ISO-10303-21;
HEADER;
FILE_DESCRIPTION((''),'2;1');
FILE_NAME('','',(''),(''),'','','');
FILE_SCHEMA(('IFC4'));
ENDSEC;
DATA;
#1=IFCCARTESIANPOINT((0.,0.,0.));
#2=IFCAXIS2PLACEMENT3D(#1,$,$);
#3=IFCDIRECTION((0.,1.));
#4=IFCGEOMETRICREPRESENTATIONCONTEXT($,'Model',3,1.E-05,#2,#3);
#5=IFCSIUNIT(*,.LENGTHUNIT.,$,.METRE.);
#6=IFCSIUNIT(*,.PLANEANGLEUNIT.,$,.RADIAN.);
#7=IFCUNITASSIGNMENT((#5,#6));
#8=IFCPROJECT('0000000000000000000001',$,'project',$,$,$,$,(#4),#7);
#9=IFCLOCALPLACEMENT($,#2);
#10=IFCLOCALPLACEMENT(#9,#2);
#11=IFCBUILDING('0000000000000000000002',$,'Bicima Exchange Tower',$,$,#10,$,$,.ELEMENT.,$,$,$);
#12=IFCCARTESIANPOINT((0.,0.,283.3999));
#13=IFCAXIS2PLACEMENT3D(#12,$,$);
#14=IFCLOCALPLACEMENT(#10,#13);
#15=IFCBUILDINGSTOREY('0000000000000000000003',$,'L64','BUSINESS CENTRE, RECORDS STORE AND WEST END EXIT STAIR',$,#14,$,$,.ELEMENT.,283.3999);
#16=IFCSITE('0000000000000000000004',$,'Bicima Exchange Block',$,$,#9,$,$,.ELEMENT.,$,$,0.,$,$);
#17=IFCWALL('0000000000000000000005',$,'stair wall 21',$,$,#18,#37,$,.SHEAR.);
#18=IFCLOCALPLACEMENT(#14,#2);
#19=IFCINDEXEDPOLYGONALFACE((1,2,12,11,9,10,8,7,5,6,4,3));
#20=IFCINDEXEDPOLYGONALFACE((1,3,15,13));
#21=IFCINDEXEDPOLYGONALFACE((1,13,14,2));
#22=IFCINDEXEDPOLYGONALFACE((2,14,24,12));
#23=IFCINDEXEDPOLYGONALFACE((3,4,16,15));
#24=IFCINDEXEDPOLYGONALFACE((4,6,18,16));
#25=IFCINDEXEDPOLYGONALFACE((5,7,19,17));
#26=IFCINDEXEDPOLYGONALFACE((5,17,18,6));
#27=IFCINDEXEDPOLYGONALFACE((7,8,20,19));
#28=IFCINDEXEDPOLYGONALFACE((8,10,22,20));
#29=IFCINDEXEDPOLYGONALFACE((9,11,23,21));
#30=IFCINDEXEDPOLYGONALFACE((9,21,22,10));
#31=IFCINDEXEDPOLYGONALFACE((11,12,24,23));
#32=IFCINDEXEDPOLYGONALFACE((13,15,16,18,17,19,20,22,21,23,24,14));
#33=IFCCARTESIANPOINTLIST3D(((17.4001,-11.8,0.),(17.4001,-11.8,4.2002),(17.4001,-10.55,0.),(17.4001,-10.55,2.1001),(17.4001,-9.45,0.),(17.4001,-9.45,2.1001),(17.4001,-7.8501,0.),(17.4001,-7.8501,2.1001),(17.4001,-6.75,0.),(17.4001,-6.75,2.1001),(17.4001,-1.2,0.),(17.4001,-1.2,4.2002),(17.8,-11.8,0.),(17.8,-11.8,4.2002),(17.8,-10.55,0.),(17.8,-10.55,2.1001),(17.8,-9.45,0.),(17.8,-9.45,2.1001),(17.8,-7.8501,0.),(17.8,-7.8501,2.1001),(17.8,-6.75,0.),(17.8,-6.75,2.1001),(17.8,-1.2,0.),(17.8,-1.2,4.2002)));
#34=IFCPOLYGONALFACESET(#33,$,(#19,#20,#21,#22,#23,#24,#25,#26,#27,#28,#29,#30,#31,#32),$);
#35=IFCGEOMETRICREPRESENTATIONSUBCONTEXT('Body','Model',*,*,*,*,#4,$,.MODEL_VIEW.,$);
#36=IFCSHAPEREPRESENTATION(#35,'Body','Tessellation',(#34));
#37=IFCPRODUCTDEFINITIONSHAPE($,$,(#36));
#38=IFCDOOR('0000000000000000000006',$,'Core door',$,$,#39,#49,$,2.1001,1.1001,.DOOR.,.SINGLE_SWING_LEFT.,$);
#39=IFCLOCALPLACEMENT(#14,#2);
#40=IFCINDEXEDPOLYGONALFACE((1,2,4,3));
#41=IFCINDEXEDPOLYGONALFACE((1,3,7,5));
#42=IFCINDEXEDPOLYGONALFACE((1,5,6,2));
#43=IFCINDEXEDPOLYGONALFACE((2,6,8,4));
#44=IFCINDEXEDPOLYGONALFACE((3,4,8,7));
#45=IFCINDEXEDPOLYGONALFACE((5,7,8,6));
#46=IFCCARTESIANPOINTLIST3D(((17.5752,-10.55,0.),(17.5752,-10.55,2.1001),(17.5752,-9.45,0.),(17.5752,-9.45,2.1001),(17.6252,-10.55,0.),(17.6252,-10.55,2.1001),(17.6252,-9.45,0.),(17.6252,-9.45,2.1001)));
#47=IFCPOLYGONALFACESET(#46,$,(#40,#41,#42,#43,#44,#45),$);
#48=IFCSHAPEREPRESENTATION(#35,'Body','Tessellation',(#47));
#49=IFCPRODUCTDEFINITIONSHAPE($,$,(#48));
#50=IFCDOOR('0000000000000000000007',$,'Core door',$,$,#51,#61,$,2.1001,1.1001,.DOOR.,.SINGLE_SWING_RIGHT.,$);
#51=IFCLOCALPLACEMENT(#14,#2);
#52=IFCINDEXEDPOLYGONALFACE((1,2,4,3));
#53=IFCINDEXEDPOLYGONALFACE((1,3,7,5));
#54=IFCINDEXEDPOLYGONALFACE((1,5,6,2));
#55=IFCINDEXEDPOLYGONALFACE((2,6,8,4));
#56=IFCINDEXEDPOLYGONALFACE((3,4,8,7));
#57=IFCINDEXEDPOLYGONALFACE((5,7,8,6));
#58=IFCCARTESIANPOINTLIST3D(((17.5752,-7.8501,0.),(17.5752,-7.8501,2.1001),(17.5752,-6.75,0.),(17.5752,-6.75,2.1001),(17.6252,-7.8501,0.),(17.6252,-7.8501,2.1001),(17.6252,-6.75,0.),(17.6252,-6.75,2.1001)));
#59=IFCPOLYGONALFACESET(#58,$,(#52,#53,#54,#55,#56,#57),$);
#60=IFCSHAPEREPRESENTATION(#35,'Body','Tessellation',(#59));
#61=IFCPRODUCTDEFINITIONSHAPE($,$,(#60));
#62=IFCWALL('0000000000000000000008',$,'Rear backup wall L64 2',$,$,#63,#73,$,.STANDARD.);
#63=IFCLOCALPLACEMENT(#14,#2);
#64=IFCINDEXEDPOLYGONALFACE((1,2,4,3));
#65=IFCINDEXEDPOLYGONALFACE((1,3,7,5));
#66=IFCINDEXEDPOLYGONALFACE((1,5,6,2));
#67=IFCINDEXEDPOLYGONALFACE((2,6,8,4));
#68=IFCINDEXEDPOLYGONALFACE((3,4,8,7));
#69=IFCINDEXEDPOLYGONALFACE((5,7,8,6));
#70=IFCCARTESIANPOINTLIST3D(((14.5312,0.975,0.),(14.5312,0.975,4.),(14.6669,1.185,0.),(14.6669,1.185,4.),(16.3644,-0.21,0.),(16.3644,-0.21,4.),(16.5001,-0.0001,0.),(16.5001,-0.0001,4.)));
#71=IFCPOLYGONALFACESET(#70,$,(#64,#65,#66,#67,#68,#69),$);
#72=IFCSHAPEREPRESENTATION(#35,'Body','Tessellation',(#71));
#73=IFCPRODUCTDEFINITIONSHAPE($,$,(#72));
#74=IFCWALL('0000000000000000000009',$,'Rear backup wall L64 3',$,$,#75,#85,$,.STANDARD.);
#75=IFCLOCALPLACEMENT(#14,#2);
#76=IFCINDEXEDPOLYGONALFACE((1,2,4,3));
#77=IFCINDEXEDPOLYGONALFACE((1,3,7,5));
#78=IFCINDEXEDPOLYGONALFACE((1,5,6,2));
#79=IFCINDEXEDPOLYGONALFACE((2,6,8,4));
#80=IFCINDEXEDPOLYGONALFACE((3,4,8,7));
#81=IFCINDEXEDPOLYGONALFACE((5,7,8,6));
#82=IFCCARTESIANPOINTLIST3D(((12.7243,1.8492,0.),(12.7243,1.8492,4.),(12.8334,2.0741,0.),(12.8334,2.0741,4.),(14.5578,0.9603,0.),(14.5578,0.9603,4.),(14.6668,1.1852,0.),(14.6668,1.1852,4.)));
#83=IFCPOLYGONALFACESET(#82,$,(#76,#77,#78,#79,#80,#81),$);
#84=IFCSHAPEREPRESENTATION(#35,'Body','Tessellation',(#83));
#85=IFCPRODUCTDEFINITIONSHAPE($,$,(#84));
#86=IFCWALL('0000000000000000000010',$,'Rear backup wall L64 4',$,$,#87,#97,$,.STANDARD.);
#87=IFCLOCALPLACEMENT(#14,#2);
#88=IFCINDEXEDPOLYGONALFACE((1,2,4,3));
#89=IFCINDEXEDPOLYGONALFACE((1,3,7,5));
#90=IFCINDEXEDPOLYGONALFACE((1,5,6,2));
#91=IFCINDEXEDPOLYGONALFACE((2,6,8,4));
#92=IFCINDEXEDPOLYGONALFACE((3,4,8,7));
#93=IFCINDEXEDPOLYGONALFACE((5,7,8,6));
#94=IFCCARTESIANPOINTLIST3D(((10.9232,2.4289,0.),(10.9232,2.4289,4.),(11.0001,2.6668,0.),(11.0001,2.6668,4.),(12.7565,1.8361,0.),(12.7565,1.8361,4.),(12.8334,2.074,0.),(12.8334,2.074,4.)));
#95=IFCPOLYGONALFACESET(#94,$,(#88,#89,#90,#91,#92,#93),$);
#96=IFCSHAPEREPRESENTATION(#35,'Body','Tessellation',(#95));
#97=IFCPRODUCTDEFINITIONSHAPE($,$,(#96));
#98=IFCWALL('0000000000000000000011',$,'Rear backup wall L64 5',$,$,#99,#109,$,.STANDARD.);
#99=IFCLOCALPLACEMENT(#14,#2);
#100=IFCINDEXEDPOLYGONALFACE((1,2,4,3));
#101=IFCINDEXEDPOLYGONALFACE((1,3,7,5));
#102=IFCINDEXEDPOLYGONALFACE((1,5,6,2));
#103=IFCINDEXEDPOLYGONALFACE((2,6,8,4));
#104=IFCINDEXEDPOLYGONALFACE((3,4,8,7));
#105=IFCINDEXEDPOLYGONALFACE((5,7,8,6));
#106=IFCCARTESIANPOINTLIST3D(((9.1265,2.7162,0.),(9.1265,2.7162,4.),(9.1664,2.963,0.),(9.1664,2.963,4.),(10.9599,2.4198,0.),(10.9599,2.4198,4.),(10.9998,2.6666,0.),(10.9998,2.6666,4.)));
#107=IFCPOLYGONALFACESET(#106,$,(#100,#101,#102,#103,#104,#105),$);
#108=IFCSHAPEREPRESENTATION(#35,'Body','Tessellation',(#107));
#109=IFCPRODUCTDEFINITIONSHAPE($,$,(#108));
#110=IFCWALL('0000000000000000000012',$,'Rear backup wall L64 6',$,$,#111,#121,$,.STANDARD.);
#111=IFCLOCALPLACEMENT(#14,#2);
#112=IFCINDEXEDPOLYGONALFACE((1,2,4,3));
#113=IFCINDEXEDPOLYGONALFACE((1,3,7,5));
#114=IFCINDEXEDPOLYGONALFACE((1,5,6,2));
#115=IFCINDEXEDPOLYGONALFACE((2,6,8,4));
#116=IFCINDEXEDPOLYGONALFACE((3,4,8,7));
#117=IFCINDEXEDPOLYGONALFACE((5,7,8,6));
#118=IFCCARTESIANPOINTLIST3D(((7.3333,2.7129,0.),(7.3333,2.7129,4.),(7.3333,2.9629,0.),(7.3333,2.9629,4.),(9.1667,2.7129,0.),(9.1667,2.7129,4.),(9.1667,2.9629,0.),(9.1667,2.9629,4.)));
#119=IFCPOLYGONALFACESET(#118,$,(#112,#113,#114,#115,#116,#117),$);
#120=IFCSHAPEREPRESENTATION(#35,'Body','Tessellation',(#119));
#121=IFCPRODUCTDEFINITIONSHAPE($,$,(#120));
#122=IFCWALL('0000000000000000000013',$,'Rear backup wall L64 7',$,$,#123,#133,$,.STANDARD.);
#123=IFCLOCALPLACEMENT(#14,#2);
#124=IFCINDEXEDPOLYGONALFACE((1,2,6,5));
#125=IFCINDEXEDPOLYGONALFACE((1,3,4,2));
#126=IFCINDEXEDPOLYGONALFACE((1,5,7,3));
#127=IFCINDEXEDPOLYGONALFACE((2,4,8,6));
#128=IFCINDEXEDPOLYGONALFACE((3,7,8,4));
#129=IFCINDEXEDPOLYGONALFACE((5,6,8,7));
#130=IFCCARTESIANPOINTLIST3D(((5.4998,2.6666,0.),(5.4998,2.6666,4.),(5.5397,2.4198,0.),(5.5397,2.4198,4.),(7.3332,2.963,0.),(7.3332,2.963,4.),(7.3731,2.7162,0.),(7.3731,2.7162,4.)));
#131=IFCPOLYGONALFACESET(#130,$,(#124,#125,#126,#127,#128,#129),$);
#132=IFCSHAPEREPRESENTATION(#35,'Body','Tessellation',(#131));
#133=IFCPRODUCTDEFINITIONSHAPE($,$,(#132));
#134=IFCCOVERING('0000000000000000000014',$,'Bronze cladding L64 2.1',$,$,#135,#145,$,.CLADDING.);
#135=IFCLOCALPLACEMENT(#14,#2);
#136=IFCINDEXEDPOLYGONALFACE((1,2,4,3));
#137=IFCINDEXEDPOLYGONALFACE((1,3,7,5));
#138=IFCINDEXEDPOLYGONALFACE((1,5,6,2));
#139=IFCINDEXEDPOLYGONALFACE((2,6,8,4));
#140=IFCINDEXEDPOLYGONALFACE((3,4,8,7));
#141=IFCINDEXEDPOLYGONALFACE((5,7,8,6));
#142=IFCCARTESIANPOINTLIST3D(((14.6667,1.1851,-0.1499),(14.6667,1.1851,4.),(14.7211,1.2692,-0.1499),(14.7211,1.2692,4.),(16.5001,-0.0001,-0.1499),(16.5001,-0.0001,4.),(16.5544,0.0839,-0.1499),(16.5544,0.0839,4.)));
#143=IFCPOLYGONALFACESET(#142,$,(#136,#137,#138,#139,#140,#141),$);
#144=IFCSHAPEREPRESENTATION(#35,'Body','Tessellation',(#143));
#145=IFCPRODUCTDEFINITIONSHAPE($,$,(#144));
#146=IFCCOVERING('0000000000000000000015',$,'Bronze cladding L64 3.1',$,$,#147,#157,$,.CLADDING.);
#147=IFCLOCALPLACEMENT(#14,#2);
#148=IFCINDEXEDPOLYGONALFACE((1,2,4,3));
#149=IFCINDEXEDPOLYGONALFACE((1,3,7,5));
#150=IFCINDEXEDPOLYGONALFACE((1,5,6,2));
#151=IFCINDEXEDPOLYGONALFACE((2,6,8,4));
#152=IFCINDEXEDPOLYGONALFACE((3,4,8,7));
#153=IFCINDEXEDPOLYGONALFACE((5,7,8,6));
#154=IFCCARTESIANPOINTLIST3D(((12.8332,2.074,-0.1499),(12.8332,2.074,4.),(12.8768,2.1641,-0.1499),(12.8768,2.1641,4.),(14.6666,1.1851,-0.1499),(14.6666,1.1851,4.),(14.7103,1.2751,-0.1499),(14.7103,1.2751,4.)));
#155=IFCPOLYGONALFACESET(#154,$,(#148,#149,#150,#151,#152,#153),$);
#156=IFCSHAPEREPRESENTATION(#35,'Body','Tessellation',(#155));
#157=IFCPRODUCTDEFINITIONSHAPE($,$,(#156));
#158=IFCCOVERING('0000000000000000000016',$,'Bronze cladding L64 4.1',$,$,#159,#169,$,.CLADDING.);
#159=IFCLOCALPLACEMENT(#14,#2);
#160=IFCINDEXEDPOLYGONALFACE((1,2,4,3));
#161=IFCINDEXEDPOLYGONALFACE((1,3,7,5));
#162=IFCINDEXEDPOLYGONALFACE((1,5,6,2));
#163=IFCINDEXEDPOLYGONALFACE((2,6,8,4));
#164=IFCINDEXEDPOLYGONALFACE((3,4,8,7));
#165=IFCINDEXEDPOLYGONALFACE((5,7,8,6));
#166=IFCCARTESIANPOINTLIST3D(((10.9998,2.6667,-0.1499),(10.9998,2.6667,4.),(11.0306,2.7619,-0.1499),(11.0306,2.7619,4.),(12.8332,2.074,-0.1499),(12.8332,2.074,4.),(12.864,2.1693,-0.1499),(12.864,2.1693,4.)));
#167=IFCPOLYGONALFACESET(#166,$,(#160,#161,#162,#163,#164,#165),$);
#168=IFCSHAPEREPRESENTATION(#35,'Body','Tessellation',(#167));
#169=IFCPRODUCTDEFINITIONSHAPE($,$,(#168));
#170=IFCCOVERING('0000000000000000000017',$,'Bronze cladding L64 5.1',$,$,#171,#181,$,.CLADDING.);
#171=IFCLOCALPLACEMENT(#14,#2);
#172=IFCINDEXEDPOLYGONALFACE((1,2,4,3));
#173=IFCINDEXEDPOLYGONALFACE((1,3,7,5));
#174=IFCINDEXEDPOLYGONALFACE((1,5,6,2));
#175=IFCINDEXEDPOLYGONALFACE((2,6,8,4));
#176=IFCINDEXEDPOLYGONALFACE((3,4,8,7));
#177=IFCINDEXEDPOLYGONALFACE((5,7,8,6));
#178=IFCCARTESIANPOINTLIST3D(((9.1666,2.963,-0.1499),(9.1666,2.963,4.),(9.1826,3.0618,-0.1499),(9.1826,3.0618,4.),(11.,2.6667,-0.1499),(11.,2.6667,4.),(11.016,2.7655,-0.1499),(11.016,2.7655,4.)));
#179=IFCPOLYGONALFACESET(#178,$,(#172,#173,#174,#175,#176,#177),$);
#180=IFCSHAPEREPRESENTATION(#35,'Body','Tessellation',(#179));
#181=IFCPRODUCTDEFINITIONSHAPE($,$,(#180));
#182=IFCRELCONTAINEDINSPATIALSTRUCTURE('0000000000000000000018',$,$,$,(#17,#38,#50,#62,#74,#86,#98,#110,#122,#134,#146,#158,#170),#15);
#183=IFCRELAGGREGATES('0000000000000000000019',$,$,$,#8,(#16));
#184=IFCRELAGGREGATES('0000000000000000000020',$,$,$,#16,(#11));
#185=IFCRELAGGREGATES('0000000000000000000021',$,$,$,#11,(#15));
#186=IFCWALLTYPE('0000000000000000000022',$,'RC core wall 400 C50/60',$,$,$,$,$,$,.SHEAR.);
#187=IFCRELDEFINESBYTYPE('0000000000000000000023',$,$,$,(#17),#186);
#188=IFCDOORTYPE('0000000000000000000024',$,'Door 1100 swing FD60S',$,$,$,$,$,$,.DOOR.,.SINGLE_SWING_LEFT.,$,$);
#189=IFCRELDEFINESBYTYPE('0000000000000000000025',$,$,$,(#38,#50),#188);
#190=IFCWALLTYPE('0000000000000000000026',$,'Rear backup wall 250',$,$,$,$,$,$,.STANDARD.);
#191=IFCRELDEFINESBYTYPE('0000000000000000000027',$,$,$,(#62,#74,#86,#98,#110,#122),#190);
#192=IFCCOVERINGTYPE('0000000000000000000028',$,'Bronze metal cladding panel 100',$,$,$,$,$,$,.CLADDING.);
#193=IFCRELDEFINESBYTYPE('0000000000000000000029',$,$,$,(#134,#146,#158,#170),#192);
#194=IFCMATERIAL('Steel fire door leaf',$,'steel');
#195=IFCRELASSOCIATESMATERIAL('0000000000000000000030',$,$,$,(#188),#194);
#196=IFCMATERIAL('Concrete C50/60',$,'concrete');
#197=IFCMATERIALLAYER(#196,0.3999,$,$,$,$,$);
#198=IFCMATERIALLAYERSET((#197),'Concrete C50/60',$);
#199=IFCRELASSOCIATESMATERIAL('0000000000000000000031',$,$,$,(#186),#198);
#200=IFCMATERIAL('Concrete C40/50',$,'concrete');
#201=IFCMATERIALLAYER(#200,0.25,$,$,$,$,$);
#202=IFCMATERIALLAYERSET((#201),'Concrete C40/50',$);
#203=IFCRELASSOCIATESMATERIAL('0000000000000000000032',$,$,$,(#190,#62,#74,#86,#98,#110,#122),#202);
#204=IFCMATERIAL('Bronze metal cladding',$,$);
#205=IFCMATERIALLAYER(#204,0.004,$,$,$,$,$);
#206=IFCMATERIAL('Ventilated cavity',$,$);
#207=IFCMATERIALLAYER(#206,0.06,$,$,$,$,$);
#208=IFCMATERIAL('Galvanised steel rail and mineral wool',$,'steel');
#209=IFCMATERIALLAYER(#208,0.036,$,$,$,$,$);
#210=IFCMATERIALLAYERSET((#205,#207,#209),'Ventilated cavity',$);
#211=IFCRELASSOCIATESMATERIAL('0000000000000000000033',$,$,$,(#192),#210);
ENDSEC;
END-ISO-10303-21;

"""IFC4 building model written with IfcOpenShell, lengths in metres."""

from ifc_helpers import new_model, si_unit, direction, frame, frame_2d, origin, origin_2d, place, context, subcontext, project, spatial, rectangle, extrude, material, layer, layer_set, layer_usage, type_object, element, fill, save


model = new_model("IFC4")

# Units and contexts
model_context = context("Model", 3, precision=1e-05, world=origin(), true_north=direction((0.0, 1.0)))
body_context = subcontext(model_context, "Body", "Model", "MODEL_VIEW")
ifc_project = project(units=[si_unit("LENGTHUNIT", "METRE"), si_unit("PLANEANGLEUNIT", "RADIAN")], contexts=[model_context])

# Site, building, storey
site_placement = place(None, origin())
site = spatial("IfcSite", under=ifc_project, at=site_placement, Name="Bicima Exchange Block", CompositionType="ELEMENT", RefElevation=0.0)
building_placement = place(site_placement, origin())
building = spatial("IfcBuilding", under=site, at=building_placement, Name="Bicima Exchange Tower", CompositionType="ELEMENT")
storey_placement = place(building_placement, frame((0.0, 0.0, 283.3999)))
storey = spatial("IfcBuildingStorey", under=building, at=storey_placement, Name="L64", Description="BUSINESS CENTRE, RECORDS STORE AND WEST END EXIT STAIR", CompositionType="ELEMENT", Elevation=283.3999)

# Shared definitions
ifc_material_1 = material(Name="Concrete C40/50", Category="concrete")
ifc_material_2 = material(Name="Steel fire door leaf", Category="steel")
door_type_1 = type_object("IfcDoorType", Name="Door 1100 swing FD60S", OperationType="SINGLE_SWING_LEFT", PredefinedType="DOOR", material=ifc_material_2)
ifc_material_3 = material(Name="Concrete C50/60", Category="concrete")
ifc_layer_1 = layer(ifc_material_3, 0.3999)
ifc_layer_set_1 = layer_set([ifc_layer_1], Name="Concrete C50/60")
wall_type_1 = type_object("IfcWallType", Name="RC core wall 400 C50/60", PredefinedType="SHEAR", material=ifc_layer_set_1)

# Wall, openings, doors
wall_1_placement = place(storey_placement, frame((17.6001, -11.8, 0.0), z_axis=(0.0, 0.0, 1.0), x_axis=(0.0, 1.0, 0.0)))
wall_1 = element("IfcWall", 1, at=wall_1_placement, inside=storey, type_object=wall_type_1, Name="stair wall 21", PredefinedType="SHEAR", context=body_context, shape_type="SweptSolid", body=[
    extrude(rectangle(XDim=10.6001, YDim=0.3999, at=frame_2d((5.3, 0.0))), origin(), (0.0, 0.0, 1.0), 4.2002),
])
opening_1_placement = place(wall_1_placement, frame((1.25, 0.0, 0.0)))
opening_1 = element("IfcOpeningElement", 2, at=opening_1_placement, cuts=wall_1, PredefinedType="OPENING", context=body_context, shape_type="SweptSolid", body=[
    extrude(rectangle(XDim=1.1001, YDim=2.1001, at=frame_2d((0.55, 1.05))), frame((0.0, 0.2119, 0.0), z_axis=(0.0, -1.0, 0.0), x_axis=(1.0, 0.0, 0.0)), (0.0, 0.0, 1.0), 0.4238),
])
opening_2_placement = place(wall_1_placement, frame((3.95, 0.0, 0.0)))
opening_2 = element("IfcOpeningElement", 3, at=opening_2_placement, cuts=wall_1, PredefinedType="OPENING", context=body_context, shape_type="SweptSolid", body=[
    extrude(rectangle(XDim=1.1001, YDim=2.1001, at=frame_2d((0.55, 1.05))), frame((0.0, 0.2119, 0.0), z_axis=(0.0, -1.0, 0.0), x_axis=(1.0, 0.0, 0.0)), (0.0, 0.0, 1.0), 0.4238),
])
door_1_placement = place(opening_1_placement, origin())
door_1 = element("IfcDoor", 4, at=door_1_placement, inside=storey, type_object=door_type_1, Name="Core door", OperationType="SINGLE_SWING_LEFT", OverallHeight=2.1001, OverallWidth=1.1001, PredefinedType="DOOR", context=body_context, shape_type="SweptSolid", body=[
    extrude(rectangle(XDim=1.1001, YDim=2.1001, at=frame_2d((0.55, 1.05))), frame((0.0, 0.0249, 0.0), z_axis=(0.0, -1.0, 0.0), x_axis=(1.0, 0.0, 0.0)), (0.0, 0.0, 1.0), 0.05),
])
fill(opening_1, door_1)
door_2_placement = place(opening_2_placement, origin())
door_2 = element("IfcDoor", 5, at=door_2_placement, inside=storey, type_object=door_type_1, Name="Core door", OperationType="SINGLE_SWING_RIGHT", OverallHeight=2.1001, OverallWidth=1.1001, PredefinedType="DOOR", context=body_context, shape_type="SweptSolid", body=[
    extrude(rectangle(XDim=1.1001, YDim=2.1001, at=frame_2d((0.55, 1.05))), frame((0.0, 0.0249, 0.0), z_axis=(0.0, -1.0, 0.0), x_axis=(1.0, 0.0, 0.0)), (0.0, 0.0, 1.0), 0.05),
])
fill(opening_2, door_2)

# Walls
ifc_layer_2 = layer(ifc_material_1, 0.25)
ifc_layer_set_2 = layer_set([ifc_layer_2], Name="Concrete C40/50")
ifc_layer_usage = layer_usage(ifc_layer_set_2, "AXIS2", "POSITIVE", -0.125)
wall_type_2 = type_object("IfcWallType", Name="Rear backup wall 250", PredefinedType="STANDARD", material=ifc_layer_set_2)
wall_2_placement = place(storey_placement, frame((16.4321, -0.105, 0.0), z_axis=(0.0, 0.0, 1.0), x_axis=(-0.839813, 0.542876, 0.0)))
element("IfcWall", 6, at=wall_2_placement, inside=storey, type_object=wall_type_2, material=ifc_layer_usage, Name="Rear backup wall L64 2", PredefinedType="STANDARD", context=body_context, shape_type="SweptSolid", body=[
    extrude(rectangle(XDim=2.1829, YDim=0.25, at=frame_2d((1.0913, 0.0))), origin(), (0.0, 0.0, 1.0), 4.0),
])
wall_3_placement = place(storey_placement, frame((14.6123, 1.0728, 0.0), z_axis=(0.0, 0.0, 1.0), x_axis=(-0.899824, 0.436253, 0.0)))
element("IfcWall", 7, at=wall_3_placement, inside=storey, type_object=wall_type_2, material=ifc_layer_usage, Name="Rear backup wall L64 3", PredefinedType="STANDARD", context=body_context, shape_type="SweptSolid", body=[
    extrude(rectangle(XDim=2.0376, YDim=0.25, at=frame_2d((1.0188, 0.0))), origin(), (0.0, 0.0, 1.0), 4.0),
])
wall_4_placement = place(storey_placement, frame((12.7949, 1.9551, 0.0), z_axis=(0.0, 0.0, 1.0), x_axis=(-0.951496, 0.307662, 0.0)))
element("IfcWall", 8, at=wall_4_placement, inside=storey, type_object=wall_type_2, material=ifc_layer_usage, Name="Rear backup wall L64 4", PredefinedType="STANDARD", context=body_context, shape_type="SweptSolid", body=[
    extrude(rectangle(XDim=1.9268, YDim=0.25, at=frame_2d((0.9634, 0.0))), origin(), (0.0, 0.0, 1.0), 4.0),
])
wall_5_placement = place(storey_placement, frame((10.98, 2.5432, 0.0), z_axis=(0.0, 0.0, 1.0), x_axis=(-0.987182, 0.1596, 0.0)))
element("IfcWall", 9, at=wall_5_placement, inside=storey, type_object=wall_type_2, material=ifc_layer_usage, Name="Rear backup wall L64 5", PredefinedType="STANDARD", context=body_context, shape_type="SweptSolid", body=[
    extrude(rectangle(XDim=1.8572, YDim=0.25, at=frame_2d((0.9287, 0.0))), origin(), (0.0, 0.0, 1.0), 4.0),
])
wall_6_placement = place(storey_placement, frame((9.1667, 2.8379, 0.0), z_axis=(0.0, 0.0, 1.0), x_axis=(-1.0, 0.0, 0.0)))
element("IfcWall", 10, at=wall_6_placement, inside=storey, type_object=wall_type_2, material=ifc_layer_usage, Name="Rear backup wall L64 6", PredefinedType="STANDARD", context=body_context, shape_type="SweptSolid", body=[
    extrude(rectangle(XDim=1.8335, YDim=0.25, at=frame_2d((0.9167, 0.0))), origin(), (0.0, 0.0, 1.0), 4.0),
])
wall_7_placement = place(storey_placement, frame((7.3533, 2.8396, 0.0), z_axis=(0.0, 0.0, 1.0), x_axis=(-0.987182, -0.1596, 0.0)))
element("IfcWall", 11, at=wall_7_placement, inside=storey, type_object=wall_type_2, material=ifc_layer_usage, Name="Rear backup wall L64 7", PredefinedType="STANDARD", context=body_context, shape_type="SweptSolid", body=[
    extrude(rectangle(XDim=1.8572, YDim=0.25, at=frame_2d((0.9287, 0.0))), origin(), (0.0, 0.0, 1.0), 4.0),
])

# Coverings
ifc_material_4 = material(Name="Bronze metal cladding")
ifc_layer_3 = layer(ifc_material_4, 0.004)
ifc_material_5 = material(Name="Ventilated cavity")
ifc_layer_4 = layer(ifc_material_5, 0.06)
ifc_material_6 = material(Name="Galvanised steel rail and mineral wool", Category="steel")
ifc_layer_5 = layer(ifc_material_6, 0.036)
ifc_layer_set_3 = layer_set([ifc_layer_3, ifc_layer_4, ifc_layer_5], Name="Ventilated cavity")
covering_type = type_object("IfcCoveringType", Name="Bronze metal cladding panel 100", PredefinedType="CLADDING", material=ifc_layer_set_3)
covering_1_placement = place(storey_placement, frame((15.6106, 0.6345, -0.1499), z_axis=(0.0, 0.0, 1.0), x_axis=(-0.83979, 0.542911, 0.0)))
element("IfcCovering", 12, at=covering_1_placement, inside=storey, type_object=covering_type, Name="Bronze cladding L64 2.1", PredefinedType="CLADDING", context=body_context, shape_type="SweptSolid", body=[
    extrude(rectangle(XDim=2.1831, YDim=0.1001, at=origin_2d()), origin(), (0.0, 0.0, 1.0), 4.1499),
])
covering_2_placement = place(storey_placement, frame((13.7717, 1.6746, -0.1499), z_axis=(0.0, 0.0, 1.0), x_axis=(-0.899818, 0.436265, 0.0)))
element("IfcCovering", 13, at=covering_2_placement, inside=storey, type_object=covering_type, Name="Bronze cladding L64 3.1", PredefinedType="CLADDING", context=body_context, shape_type="SweptSolid", body=[
    extrude(rectangle(XDim=2.0376, YDim=0.1001, at=origin_2d()), origin(), (0.0, 0.0, 1.0), 4.1499),
])
covering_3_placement = place(storey_placement, frame((11.9319, 2.418, -0.1499), z_axis=(0.0, 0.0, 1.0), x_axis=(-0.951525, 0.307573, 0.0)))
element("IfcCovering", 14, at=covering_3_placement, inside=storey, type_object=covering_type, Name="Bronze cladding L64 4.1", PredefinedType="CLADDING", context=body_context, shape_type="SweptSolid", body=[
    extrude(rectangle(XDim=1.9268, YDim=0.1001, at=origin_2d()), origin(), (0.0, 0.0, 1.0), 4.1499),
])
covering_4_placement = place(storey_placement, frame((10.0913, 2.8643, -0.1499), z_axis=(0.0, 0.0, 1.0), x_axis=(-0.98719, 0.15955, 0.0)))
element("IfcCovering", 15, at=covering_4_placement, inside=storey, type_object=covering_type, Name="Bronze cladding L64 5.1", PredefinedType="CLADDING", context=body_context, shape_type="SweptSolid", body=[
    extrude(rectangle(XDim=1.8572, YDim=0.1001, at=origin_2d()), origin(), (0.0, 0.0, 1.0), 4.1499),
])

save(model, "model.ifc")
